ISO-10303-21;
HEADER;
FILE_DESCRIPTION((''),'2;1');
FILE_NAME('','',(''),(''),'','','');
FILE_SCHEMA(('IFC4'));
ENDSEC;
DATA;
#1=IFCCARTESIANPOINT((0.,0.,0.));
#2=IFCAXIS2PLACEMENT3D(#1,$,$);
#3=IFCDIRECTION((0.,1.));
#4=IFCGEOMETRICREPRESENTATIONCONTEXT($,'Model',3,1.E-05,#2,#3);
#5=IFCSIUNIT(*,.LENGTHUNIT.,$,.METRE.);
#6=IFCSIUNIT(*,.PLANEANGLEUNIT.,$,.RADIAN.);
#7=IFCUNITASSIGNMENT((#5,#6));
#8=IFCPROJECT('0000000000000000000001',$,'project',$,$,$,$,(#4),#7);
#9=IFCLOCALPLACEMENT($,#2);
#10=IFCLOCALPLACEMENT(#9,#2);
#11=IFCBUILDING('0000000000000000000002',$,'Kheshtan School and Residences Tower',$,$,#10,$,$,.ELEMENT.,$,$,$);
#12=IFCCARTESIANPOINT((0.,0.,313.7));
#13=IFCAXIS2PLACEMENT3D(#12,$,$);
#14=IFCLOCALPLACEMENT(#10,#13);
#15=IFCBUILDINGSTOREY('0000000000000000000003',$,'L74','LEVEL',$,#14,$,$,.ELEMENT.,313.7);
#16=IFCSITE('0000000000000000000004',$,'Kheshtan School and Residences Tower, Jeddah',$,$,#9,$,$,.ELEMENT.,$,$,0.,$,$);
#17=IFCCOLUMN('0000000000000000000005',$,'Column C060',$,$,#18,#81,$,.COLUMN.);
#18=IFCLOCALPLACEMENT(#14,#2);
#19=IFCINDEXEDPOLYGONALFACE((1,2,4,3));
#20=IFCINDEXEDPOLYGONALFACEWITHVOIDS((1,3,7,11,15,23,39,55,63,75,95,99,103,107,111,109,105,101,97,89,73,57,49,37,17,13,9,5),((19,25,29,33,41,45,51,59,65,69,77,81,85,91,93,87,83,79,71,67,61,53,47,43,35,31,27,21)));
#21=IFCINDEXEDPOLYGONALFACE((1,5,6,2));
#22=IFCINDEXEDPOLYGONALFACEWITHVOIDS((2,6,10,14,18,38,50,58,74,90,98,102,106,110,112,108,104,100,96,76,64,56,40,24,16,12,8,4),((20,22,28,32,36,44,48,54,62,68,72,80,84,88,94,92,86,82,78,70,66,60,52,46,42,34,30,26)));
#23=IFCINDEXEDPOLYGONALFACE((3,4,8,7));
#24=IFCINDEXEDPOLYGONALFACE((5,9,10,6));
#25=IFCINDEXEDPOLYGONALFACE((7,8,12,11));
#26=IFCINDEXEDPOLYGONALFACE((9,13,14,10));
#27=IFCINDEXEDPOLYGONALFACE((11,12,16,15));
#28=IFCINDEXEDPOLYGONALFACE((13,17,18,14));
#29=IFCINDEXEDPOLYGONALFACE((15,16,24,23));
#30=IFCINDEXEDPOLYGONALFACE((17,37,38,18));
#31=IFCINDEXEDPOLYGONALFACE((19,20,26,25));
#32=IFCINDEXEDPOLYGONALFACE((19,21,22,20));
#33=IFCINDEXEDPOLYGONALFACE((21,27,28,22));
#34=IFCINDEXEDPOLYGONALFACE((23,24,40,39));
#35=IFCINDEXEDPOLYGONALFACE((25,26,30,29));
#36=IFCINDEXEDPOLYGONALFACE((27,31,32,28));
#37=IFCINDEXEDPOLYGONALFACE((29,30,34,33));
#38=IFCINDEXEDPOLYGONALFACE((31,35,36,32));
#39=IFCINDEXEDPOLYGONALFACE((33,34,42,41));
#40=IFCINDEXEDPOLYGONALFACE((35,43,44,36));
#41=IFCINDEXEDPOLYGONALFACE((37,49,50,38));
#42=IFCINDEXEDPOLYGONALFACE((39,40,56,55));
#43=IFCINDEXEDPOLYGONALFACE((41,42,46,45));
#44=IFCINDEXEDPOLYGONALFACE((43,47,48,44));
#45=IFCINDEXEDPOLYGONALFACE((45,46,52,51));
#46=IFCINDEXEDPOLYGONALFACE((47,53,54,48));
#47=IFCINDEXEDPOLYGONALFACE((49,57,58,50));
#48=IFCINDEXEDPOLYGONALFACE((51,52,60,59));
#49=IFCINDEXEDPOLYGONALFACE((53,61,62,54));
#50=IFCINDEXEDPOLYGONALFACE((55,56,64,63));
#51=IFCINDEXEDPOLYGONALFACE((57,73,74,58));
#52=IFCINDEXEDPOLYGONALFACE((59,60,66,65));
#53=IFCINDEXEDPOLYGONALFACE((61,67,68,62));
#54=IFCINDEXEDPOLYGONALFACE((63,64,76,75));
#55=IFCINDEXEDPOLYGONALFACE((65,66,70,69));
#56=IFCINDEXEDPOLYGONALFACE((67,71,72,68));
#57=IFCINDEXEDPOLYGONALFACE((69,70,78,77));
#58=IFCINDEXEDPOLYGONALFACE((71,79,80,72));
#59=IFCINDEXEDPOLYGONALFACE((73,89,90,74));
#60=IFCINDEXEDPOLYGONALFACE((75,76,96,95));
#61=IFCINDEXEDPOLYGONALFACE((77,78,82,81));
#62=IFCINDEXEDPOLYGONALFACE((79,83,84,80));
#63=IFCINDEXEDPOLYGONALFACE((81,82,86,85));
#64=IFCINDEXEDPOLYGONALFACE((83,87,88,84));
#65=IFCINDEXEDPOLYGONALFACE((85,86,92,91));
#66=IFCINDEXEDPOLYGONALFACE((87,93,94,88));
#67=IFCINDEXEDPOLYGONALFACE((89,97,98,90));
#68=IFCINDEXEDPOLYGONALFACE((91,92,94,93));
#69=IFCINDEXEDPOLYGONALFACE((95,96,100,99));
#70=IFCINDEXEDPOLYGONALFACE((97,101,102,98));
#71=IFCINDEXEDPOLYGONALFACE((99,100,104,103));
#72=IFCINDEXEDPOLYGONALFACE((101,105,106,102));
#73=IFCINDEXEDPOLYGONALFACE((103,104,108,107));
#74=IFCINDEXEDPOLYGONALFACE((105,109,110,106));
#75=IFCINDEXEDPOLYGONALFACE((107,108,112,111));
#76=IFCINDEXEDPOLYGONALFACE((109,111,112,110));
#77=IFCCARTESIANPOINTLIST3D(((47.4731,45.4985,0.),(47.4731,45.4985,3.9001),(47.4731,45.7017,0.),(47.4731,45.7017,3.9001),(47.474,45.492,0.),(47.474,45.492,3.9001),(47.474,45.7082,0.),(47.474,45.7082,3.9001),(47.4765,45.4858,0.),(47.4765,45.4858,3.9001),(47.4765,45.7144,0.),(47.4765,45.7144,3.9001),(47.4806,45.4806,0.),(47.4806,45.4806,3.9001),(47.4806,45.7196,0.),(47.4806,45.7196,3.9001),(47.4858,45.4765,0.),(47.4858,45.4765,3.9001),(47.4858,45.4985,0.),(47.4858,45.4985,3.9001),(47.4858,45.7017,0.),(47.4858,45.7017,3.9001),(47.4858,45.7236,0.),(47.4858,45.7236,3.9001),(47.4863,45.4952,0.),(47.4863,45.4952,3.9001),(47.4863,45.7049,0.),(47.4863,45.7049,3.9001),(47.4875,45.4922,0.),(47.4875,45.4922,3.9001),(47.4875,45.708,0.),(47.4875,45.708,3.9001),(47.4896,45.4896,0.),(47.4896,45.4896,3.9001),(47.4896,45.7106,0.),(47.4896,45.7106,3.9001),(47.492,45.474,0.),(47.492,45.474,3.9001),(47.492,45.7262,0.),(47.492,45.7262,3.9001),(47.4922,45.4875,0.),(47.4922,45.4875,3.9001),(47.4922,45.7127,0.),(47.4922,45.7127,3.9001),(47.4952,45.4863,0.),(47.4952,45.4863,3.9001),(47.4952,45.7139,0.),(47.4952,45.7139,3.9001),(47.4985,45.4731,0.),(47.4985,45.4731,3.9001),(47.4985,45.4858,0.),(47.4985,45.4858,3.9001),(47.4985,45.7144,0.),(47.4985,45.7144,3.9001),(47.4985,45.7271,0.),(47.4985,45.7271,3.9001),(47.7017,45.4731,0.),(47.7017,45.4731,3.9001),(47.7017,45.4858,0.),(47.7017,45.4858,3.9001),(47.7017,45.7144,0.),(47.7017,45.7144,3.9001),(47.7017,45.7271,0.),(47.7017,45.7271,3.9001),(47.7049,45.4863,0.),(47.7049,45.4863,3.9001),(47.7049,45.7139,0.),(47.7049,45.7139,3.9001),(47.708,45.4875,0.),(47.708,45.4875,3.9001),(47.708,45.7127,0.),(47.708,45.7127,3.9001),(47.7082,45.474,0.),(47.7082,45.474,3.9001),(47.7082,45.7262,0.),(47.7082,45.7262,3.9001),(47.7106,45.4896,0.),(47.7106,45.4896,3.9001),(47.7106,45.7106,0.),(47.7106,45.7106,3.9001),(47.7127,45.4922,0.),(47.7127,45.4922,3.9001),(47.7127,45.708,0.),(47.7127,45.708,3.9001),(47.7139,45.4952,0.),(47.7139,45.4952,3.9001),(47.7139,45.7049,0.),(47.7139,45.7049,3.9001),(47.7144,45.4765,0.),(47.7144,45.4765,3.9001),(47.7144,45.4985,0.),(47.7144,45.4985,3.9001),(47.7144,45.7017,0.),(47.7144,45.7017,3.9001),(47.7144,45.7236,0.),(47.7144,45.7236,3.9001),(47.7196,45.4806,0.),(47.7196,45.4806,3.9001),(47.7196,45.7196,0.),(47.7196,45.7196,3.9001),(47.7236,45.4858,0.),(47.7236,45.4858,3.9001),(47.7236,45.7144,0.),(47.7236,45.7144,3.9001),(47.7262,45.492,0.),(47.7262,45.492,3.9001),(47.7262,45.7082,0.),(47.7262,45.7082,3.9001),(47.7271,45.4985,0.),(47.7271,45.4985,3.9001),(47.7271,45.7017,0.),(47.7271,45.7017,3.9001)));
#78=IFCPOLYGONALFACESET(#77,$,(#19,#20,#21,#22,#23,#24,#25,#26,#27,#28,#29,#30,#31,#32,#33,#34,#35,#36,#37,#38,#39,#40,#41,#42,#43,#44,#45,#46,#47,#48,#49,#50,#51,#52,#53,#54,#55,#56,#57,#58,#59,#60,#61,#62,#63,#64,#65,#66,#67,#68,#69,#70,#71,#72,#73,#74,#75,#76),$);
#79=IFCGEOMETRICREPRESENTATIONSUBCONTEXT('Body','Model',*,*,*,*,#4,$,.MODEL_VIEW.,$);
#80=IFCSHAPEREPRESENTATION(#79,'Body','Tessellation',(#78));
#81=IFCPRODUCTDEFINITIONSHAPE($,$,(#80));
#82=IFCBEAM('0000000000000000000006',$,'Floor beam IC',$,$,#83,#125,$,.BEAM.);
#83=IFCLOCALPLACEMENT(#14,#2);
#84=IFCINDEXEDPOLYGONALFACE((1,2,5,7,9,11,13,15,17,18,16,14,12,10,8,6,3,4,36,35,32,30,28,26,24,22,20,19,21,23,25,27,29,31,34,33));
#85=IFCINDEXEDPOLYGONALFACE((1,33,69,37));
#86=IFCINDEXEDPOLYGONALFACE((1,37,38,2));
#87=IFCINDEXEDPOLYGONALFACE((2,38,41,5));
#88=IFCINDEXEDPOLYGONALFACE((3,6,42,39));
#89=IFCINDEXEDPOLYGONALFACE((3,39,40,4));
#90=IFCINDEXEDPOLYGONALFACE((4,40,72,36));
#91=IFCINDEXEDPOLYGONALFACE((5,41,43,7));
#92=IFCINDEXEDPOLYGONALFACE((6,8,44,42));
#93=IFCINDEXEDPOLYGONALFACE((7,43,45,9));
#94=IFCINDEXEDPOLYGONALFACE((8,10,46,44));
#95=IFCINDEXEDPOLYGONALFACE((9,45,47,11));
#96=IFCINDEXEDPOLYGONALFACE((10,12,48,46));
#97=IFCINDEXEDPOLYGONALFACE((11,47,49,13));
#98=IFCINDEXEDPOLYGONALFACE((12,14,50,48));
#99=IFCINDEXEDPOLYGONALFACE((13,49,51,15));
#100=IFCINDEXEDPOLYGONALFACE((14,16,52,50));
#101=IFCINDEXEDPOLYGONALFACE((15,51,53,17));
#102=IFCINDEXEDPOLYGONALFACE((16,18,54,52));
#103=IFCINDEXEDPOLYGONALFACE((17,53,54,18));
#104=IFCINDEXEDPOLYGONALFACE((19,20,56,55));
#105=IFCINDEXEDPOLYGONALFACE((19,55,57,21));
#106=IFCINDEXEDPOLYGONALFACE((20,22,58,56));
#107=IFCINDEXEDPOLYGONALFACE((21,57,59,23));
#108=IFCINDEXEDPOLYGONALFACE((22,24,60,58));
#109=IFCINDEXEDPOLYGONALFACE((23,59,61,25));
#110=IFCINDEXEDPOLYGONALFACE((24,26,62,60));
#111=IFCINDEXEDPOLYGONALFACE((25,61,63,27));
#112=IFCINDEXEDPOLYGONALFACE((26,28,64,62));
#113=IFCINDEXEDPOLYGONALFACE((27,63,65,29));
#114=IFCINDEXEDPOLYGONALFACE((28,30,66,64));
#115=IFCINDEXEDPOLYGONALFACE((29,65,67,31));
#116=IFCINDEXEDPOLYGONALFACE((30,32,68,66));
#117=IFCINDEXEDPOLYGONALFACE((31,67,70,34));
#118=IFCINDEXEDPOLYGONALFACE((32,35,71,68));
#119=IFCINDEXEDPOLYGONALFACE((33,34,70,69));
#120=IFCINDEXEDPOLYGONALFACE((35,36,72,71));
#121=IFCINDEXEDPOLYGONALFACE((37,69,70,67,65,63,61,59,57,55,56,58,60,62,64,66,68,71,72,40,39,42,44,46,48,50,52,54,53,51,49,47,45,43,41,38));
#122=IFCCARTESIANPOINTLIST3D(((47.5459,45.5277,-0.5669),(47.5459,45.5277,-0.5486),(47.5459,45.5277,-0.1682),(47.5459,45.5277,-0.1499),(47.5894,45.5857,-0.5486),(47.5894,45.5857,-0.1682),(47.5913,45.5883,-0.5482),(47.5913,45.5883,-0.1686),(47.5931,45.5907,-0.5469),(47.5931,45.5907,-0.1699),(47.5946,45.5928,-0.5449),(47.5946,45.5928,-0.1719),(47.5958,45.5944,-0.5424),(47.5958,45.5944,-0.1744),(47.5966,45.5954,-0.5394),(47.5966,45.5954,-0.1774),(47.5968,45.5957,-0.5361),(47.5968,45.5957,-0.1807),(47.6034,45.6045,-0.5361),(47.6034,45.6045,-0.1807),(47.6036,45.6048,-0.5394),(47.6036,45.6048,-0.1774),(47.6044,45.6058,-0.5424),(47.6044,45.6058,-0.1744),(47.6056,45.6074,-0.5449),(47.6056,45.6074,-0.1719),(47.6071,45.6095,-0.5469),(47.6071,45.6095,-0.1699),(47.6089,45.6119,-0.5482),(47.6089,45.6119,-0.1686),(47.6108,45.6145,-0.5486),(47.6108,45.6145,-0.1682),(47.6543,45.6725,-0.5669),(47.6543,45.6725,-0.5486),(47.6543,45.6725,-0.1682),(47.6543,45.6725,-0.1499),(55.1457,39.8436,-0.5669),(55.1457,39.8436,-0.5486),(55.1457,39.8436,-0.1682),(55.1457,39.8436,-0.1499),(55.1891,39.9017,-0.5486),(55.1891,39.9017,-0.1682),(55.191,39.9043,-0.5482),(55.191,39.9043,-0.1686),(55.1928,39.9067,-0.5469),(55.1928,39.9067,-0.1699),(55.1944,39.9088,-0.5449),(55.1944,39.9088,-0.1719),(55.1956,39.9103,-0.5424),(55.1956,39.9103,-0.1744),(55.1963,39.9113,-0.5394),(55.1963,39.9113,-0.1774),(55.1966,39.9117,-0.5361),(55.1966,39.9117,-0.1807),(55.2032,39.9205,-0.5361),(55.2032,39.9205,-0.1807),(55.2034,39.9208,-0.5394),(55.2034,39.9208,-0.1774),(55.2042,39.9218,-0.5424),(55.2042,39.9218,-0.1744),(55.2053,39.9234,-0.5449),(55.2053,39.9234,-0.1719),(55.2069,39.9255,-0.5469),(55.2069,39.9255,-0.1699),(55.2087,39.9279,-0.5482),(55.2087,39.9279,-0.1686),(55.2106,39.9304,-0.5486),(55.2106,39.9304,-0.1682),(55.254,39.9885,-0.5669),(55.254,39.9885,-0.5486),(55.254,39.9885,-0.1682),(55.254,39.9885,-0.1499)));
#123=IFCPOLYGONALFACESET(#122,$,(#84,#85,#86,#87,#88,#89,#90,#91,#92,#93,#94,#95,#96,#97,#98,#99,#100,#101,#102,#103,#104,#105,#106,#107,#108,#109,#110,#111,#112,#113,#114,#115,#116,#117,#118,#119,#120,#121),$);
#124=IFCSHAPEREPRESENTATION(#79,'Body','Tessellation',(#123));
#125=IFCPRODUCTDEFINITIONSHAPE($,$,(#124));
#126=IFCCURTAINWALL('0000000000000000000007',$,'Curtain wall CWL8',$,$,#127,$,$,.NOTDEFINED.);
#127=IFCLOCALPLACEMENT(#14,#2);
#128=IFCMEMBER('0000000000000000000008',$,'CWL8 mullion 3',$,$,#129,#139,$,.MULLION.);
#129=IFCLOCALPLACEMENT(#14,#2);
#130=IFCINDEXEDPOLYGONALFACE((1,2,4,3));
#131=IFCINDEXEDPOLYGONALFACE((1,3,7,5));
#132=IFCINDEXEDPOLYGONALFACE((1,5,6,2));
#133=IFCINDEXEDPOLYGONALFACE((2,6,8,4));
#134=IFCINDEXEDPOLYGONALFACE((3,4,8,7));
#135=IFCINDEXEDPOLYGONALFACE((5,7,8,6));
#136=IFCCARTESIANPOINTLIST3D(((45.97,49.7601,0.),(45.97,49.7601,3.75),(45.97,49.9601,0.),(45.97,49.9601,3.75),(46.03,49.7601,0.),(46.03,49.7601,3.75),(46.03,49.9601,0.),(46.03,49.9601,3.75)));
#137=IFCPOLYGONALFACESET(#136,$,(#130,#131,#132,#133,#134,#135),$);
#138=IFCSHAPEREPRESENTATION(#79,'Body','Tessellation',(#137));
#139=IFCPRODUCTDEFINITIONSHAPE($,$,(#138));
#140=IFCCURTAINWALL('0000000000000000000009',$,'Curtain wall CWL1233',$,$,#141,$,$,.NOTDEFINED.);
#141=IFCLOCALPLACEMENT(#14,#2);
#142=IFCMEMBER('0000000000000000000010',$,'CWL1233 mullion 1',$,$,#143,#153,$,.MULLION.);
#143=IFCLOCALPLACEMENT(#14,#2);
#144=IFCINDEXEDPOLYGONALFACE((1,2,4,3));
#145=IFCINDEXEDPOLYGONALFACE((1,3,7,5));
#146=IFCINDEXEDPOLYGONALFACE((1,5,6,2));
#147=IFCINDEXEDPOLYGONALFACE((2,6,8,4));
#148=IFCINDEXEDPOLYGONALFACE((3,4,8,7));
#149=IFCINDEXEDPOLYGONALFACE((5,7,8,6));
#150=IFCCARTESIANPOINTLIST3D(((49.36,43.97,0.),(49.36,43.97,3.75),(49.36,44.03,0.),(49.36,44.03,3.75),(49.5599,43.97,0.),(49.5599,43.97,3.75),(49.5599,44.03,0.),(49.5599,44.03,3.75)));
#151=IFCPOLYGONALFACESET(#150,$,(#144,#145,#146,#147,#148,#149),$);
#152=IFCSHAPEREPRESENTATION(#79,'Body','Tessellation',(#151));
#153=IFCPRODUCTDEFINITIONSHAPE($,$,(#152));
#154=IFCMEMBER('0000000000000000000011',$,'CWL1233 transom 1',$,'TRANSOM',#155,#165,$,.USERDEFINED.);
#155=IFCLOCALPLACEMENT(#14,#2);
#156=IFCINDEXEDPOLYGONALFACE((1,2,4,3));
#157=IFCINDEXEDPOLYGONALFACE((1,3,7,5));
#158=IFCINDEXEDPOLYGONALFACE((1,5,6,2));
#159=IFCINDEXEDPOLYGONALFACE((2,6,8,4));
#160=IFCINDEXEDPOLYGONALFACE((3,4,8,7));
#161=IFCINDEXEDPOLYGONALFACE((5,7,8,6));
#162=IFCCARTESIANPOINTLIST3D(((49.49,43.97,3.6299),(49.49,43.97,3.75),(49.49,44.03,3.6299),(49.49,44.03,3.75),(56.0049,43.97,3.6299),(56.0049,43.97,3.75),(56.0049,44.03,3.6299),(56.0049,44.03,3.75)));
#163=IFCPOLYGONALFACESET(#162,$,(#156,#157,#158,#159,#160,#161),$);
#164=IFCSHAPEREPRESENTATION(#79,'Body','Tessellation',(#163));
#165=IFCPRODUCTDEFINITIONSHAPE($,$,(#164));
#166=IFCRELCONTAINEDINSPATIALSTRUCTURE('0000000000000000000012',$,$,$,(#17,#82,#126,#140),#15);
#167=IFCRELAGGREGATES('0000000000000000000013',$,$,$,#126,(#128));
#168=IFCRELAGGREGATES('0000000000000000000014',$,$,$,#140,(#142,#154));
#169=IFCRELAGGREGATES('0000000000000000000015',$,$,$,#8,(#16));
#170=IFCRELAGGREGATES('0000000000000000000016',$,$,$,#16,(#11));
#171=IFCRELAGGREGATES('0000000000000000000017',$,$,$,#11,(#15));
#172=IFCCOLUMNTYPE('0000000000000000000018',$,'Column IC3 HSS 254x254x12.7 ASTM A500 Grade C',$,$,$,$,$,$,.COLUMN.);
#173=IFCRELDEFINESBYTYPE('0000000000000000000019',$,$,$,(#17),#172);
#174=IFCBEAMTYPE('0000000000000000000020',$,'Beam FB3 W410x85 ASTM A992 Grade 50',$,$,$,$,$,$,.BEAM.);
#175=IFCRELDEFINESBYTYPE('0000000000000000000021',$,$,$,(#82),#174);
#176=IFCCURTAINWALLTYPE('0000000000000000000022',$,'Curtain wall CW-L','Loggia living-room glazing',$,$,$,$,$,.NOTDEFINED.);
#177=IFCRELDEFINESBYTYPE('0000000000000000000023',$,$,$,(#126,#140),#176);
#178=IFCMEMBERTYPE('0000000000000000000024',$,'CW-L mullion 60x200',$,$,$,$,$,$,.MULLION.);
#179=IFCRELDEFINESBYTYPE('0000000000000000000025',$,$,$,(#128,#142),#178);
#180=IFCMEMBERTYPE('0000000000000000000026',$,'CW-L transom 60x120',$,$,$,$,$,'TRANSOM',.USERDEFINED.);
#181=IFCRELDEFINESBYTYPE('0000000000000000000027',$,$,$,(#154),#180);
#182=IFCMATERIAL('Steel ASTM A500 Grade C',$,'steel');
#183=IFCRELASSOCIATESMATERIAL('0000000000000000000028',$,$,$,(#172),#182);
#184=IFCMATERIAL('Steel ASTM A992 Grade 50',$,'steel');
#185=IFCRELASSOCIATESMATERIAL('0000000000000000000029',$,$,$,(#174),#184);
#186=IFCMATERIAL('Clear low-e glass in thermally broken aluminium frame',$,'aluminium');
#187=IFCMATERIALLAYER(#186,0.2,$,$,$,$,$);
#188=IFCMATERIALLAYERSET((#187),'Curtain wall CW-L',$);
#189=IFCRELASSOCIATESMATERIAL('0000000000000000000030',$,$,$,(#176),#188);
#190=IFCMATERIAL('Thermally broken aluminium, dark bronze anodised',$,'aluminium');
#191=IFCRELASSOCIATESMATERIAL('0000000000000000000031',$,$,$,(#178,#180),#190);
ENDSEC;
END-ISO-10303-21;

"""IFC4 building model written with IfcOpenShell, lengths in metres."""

from ifc_helpers import new_model, si_unit, direction, frame, origin, origin_2d, place, context, subcontext, project, spatial, rectangle, hollow_rectangle, i_section, extrude, material, layer, layer_set, material_profile, profile_set, type_object, element, aggregate, save


model = new_model("IFC4")

# Units and contexts
model_context = context("Model", 3, precision=1e-05, world=origin(), true_north=direction((0.0, 1.0)))
body_context = subcontext(model_context, "Body", "Model", "MODEL_VIEW")
ifc_project = project(units=[si_unit("LENGTHUNIT", "METRE"), si_unit("PLANEANGLEUNIT", "RADIAN")], contexts=[model_context])

# Site, building, storey
site_placement = place(None, origin())
site = spatial("IfcSite", under=ifc_project, at=site_placement, Name="Kheshtan School and Residences Tower, Jeddah", CompositionType="ELEMENT", RefElevation=0.0)
building_placement = place(site_placement, origin())
building = spatial("IfcBuilding", under=site, at=building_placement, Name="Kheshtan School and Residences Tower", CompositionType="ELEMENT")
storey_placement = place(building_placement, frame((0.0, 0.0, 313.7)))
storey = spatial("IfcBuildingStorey", under=building, at=storey_placement, Name="L74", Description="LEVEL", CompositionType="ELEMENT", Elevation=313.7)

# Column
ifc_material_1 = material(Name="Steel ASTM A500 Grade C", Category="steel")
ifc_material_profile_1 = material_profile(ifc_material_1, hollow_rectangle(XDim=0.2539, YDim=0.2539, WallThickness=0.0127, InnerFilletRadius=0.0127, OuterFilletRadius=0.0254, at=origin_2d()), Name="HSS 254x254x12.7")
ifc_profile_set_1 = profile_set([ifc_material_profile_1], Name="Steel ASTM A500 Grade C")
column_type = type_object("IfcColumnType", Name="Column IC3 HSS 254x254x12.7 ASTM A500 Grade C", PredefinedType="COLUMN", material=ifc_profile_set_1)
column_placement = place(storey_placement, frame((47.6001, 45.6001, 0.0), z_axis=(0.0, 0.0, 1.0), x_axis=(1.0, 0.0, 0.0)))
element("IfcColumn", 1, at=column_placement, inside=storey, type_object=column_type, Name="Column C060", PredefinedType="COLUMN", context=body_context, shape_type="SweptSolid", body=[
    extrude(hollow_rectangle(XDim=0.2539, YDim=0.2539, WallThickness=0.0127, InnerFilletRadius=0.0127, OuterFilletRadius=0.0254, at=origin_2d()), origin(), (0.0, 0.0, 1.0), 3.9001),
])

# Beam
ifc_material_2 = material(Name="Steel ASTM A992 Grade 50", Category="steel")
ifc_material_profile_2 = material_profile(ifc_material_2, i_section(OverallWidth=0.1809, OverallDepth=0.417, WebThickness=0.011, FlangeThickness=0.0183, FilletRadius=0.0125, at=origin_2d()), Name="W410x85")
ifc_profile_set_2 = profile_set([ifc_material_profile_2], Name="Steel ASTM A992 Grade 50")
beam_type = type_object("IfcBeamType", Name="Beam FB3 W410x85 ASTM A992 Grade 50", PredefinedType="BEAM", material=ifc_profile_set_2)
beam_placement = place(storey_placement, frame((47.6001, 45.6001, -0.3584), z_axis=(0.800799, -0.598933, 0.0), x_axis=(0.598933, 0.800799, 0.0)))
element("IfcBeam", 2, at=beam_placement, inside=storey, type_object=beam_type, Name="Floor beam IC", PredefinedType="BEAM", context=body_context, shape_type="SweptSolid", body=[
    extrude(i_section(OverallWidth=0.1809, OverallDepth=0.417, WebThickness=0.011, FlangeThickness=0.0183, FilletRadius=0.0125, at=origin_2d()), origin(), (0.0, 0.0, 1.0), 9.4902),
])

# Curtain wall, member
ifc_material_3 = material(Name="Clear low-e glass in thermally broken aluminium frame", Category="aluminium")
ifc_layer_1 = layer(ifc_material_3, 0.2)
ifc_layer_set_1 = layer_set([ifc_layer_1], Name="Curtain wall CW-L")
curtain_wall_type = type_object("IfcCurtainWallType", Name="Curtain wall CW-L", Description="Loggia living-room glazing", PredefinedType="NOTDEFINED", material=ifc_layer_set_1)
curtain_wall_1_placement = place(storey_placement, origin())
curtain_wall_1 = element("IfcCurtainWall", 3, at=curtain_wall_1_placement, inside=storey, type_object=curtain_wall_type, Name="Curtain wall CWL8", PredefinedType="NOTDEFINED")
ifc_material_4 = material(Name="Thermally broken aluminium, dark bronze anodised", Category="aluminium")
ifc_material_profile_3 = material_profile(ifc_material_4, rectangle(XDim=0.0601, YDim=0.2, at=origin_2d()), Name="CW-L mullion 60x200")
ifc_profile_set_3 = profile_set([ifc_material_profile_3], Name="Thermally broken aluminium, dark bronze anodised")
member_type_1 = type_object("IfcMemberType", Name="CW-L mullion 60x200", PredefinedType="MULLION", material=ifc_profile_set_3)
member_1_placement = place(storey_placement, frame((46.0, 49.8601, 0.0), z_axis=(0.0, 0.0, 1.0), x_axis=(1.0, 0.0, 0.0)))
member_1 = element("IfcMember", 4, at=member_1_placement, type_object=member_type_1, Name="CWL8 mullion 3", PredefinedType="MULLION", context=body_context, shape_type="SweptSolid", body=[
    extrude(rectangle(XDim=0.0601, YDim=0.2, at=origin_2d()), origin(), (0.0, 0.0, 1.0), 3.75),
])
aggregate(curtain_wall_1, [member_1])

# Curtain wall, members
curtain_wall_2_placement = place(storey_placement, origin())
curtain_wall_2 = element("IfcCurtainWall", 5, at=curtain_wall_2_placement, inside=storey, type_object=curtain_wall_type, Name="Curtain wall CWL1233", PredefinedType="NOTDEFINED")
member_2_placement = place(storey_placement, frame((49.46, 44.0, 0.0), z_axis=(0.0, 0.0, 1.0), x_axis=(0.0, 1.0, 0.0)))
member_2 = element("IfcMember", 6, at=member_2_placement, type_object=member_type_1, Name="CWL1233 mullion 1", PredefinedType="MULLION", context=body_context, shape_type="SweptSolid", body=[
    extrude(rectangle(XDim=0.0601, YDim=0.2, at=origin_2d()), origin(), (0.0, 0.0, 1.0), 3.75),
])
ifc_material_profile_4 = material_profile(ifc_material_4, rectangle(XDim=0.0601, YDim=0.1201, at=origin_2d()), Name="CW-L transom 60x120")
ifc_profile_set_4 = profile_set([ifc_material_profile_4], Name="Thermally broken aluminium, dark bronze anodised")
member_type_2 = type_object("IfcMemberType", Name="CW-L transom 60x120", ElementType="TRANSOM", PredefinedType="USERDEFINED", material=ifc_profile_set_4)
member_3_placement = place(storey_placement, frame((49.49, 44.0, 3.6899), z_axis=(1.0, 0.0, 0.0), x_axis=(0.0, 1.0, 0.0)))
member_3 = element("IfcMember", 7, at=member_3_placement, type_object=member_type_2, Name="CWL1233 transom 1", ObjectType="TRANSOM", PredefinedType="USERDEFINED", context=body_context, shape_type="SweptSolid", body=[
    extrude(rectangle(XDim=0.0601, YDim=0.1201, at=origin_2d()), origin(), (0.0, 0.0, 1.0), 6.5149),
])
aggregate(curtain_wall_2, [member_2, member_3])

save(model, "model.ifc")
